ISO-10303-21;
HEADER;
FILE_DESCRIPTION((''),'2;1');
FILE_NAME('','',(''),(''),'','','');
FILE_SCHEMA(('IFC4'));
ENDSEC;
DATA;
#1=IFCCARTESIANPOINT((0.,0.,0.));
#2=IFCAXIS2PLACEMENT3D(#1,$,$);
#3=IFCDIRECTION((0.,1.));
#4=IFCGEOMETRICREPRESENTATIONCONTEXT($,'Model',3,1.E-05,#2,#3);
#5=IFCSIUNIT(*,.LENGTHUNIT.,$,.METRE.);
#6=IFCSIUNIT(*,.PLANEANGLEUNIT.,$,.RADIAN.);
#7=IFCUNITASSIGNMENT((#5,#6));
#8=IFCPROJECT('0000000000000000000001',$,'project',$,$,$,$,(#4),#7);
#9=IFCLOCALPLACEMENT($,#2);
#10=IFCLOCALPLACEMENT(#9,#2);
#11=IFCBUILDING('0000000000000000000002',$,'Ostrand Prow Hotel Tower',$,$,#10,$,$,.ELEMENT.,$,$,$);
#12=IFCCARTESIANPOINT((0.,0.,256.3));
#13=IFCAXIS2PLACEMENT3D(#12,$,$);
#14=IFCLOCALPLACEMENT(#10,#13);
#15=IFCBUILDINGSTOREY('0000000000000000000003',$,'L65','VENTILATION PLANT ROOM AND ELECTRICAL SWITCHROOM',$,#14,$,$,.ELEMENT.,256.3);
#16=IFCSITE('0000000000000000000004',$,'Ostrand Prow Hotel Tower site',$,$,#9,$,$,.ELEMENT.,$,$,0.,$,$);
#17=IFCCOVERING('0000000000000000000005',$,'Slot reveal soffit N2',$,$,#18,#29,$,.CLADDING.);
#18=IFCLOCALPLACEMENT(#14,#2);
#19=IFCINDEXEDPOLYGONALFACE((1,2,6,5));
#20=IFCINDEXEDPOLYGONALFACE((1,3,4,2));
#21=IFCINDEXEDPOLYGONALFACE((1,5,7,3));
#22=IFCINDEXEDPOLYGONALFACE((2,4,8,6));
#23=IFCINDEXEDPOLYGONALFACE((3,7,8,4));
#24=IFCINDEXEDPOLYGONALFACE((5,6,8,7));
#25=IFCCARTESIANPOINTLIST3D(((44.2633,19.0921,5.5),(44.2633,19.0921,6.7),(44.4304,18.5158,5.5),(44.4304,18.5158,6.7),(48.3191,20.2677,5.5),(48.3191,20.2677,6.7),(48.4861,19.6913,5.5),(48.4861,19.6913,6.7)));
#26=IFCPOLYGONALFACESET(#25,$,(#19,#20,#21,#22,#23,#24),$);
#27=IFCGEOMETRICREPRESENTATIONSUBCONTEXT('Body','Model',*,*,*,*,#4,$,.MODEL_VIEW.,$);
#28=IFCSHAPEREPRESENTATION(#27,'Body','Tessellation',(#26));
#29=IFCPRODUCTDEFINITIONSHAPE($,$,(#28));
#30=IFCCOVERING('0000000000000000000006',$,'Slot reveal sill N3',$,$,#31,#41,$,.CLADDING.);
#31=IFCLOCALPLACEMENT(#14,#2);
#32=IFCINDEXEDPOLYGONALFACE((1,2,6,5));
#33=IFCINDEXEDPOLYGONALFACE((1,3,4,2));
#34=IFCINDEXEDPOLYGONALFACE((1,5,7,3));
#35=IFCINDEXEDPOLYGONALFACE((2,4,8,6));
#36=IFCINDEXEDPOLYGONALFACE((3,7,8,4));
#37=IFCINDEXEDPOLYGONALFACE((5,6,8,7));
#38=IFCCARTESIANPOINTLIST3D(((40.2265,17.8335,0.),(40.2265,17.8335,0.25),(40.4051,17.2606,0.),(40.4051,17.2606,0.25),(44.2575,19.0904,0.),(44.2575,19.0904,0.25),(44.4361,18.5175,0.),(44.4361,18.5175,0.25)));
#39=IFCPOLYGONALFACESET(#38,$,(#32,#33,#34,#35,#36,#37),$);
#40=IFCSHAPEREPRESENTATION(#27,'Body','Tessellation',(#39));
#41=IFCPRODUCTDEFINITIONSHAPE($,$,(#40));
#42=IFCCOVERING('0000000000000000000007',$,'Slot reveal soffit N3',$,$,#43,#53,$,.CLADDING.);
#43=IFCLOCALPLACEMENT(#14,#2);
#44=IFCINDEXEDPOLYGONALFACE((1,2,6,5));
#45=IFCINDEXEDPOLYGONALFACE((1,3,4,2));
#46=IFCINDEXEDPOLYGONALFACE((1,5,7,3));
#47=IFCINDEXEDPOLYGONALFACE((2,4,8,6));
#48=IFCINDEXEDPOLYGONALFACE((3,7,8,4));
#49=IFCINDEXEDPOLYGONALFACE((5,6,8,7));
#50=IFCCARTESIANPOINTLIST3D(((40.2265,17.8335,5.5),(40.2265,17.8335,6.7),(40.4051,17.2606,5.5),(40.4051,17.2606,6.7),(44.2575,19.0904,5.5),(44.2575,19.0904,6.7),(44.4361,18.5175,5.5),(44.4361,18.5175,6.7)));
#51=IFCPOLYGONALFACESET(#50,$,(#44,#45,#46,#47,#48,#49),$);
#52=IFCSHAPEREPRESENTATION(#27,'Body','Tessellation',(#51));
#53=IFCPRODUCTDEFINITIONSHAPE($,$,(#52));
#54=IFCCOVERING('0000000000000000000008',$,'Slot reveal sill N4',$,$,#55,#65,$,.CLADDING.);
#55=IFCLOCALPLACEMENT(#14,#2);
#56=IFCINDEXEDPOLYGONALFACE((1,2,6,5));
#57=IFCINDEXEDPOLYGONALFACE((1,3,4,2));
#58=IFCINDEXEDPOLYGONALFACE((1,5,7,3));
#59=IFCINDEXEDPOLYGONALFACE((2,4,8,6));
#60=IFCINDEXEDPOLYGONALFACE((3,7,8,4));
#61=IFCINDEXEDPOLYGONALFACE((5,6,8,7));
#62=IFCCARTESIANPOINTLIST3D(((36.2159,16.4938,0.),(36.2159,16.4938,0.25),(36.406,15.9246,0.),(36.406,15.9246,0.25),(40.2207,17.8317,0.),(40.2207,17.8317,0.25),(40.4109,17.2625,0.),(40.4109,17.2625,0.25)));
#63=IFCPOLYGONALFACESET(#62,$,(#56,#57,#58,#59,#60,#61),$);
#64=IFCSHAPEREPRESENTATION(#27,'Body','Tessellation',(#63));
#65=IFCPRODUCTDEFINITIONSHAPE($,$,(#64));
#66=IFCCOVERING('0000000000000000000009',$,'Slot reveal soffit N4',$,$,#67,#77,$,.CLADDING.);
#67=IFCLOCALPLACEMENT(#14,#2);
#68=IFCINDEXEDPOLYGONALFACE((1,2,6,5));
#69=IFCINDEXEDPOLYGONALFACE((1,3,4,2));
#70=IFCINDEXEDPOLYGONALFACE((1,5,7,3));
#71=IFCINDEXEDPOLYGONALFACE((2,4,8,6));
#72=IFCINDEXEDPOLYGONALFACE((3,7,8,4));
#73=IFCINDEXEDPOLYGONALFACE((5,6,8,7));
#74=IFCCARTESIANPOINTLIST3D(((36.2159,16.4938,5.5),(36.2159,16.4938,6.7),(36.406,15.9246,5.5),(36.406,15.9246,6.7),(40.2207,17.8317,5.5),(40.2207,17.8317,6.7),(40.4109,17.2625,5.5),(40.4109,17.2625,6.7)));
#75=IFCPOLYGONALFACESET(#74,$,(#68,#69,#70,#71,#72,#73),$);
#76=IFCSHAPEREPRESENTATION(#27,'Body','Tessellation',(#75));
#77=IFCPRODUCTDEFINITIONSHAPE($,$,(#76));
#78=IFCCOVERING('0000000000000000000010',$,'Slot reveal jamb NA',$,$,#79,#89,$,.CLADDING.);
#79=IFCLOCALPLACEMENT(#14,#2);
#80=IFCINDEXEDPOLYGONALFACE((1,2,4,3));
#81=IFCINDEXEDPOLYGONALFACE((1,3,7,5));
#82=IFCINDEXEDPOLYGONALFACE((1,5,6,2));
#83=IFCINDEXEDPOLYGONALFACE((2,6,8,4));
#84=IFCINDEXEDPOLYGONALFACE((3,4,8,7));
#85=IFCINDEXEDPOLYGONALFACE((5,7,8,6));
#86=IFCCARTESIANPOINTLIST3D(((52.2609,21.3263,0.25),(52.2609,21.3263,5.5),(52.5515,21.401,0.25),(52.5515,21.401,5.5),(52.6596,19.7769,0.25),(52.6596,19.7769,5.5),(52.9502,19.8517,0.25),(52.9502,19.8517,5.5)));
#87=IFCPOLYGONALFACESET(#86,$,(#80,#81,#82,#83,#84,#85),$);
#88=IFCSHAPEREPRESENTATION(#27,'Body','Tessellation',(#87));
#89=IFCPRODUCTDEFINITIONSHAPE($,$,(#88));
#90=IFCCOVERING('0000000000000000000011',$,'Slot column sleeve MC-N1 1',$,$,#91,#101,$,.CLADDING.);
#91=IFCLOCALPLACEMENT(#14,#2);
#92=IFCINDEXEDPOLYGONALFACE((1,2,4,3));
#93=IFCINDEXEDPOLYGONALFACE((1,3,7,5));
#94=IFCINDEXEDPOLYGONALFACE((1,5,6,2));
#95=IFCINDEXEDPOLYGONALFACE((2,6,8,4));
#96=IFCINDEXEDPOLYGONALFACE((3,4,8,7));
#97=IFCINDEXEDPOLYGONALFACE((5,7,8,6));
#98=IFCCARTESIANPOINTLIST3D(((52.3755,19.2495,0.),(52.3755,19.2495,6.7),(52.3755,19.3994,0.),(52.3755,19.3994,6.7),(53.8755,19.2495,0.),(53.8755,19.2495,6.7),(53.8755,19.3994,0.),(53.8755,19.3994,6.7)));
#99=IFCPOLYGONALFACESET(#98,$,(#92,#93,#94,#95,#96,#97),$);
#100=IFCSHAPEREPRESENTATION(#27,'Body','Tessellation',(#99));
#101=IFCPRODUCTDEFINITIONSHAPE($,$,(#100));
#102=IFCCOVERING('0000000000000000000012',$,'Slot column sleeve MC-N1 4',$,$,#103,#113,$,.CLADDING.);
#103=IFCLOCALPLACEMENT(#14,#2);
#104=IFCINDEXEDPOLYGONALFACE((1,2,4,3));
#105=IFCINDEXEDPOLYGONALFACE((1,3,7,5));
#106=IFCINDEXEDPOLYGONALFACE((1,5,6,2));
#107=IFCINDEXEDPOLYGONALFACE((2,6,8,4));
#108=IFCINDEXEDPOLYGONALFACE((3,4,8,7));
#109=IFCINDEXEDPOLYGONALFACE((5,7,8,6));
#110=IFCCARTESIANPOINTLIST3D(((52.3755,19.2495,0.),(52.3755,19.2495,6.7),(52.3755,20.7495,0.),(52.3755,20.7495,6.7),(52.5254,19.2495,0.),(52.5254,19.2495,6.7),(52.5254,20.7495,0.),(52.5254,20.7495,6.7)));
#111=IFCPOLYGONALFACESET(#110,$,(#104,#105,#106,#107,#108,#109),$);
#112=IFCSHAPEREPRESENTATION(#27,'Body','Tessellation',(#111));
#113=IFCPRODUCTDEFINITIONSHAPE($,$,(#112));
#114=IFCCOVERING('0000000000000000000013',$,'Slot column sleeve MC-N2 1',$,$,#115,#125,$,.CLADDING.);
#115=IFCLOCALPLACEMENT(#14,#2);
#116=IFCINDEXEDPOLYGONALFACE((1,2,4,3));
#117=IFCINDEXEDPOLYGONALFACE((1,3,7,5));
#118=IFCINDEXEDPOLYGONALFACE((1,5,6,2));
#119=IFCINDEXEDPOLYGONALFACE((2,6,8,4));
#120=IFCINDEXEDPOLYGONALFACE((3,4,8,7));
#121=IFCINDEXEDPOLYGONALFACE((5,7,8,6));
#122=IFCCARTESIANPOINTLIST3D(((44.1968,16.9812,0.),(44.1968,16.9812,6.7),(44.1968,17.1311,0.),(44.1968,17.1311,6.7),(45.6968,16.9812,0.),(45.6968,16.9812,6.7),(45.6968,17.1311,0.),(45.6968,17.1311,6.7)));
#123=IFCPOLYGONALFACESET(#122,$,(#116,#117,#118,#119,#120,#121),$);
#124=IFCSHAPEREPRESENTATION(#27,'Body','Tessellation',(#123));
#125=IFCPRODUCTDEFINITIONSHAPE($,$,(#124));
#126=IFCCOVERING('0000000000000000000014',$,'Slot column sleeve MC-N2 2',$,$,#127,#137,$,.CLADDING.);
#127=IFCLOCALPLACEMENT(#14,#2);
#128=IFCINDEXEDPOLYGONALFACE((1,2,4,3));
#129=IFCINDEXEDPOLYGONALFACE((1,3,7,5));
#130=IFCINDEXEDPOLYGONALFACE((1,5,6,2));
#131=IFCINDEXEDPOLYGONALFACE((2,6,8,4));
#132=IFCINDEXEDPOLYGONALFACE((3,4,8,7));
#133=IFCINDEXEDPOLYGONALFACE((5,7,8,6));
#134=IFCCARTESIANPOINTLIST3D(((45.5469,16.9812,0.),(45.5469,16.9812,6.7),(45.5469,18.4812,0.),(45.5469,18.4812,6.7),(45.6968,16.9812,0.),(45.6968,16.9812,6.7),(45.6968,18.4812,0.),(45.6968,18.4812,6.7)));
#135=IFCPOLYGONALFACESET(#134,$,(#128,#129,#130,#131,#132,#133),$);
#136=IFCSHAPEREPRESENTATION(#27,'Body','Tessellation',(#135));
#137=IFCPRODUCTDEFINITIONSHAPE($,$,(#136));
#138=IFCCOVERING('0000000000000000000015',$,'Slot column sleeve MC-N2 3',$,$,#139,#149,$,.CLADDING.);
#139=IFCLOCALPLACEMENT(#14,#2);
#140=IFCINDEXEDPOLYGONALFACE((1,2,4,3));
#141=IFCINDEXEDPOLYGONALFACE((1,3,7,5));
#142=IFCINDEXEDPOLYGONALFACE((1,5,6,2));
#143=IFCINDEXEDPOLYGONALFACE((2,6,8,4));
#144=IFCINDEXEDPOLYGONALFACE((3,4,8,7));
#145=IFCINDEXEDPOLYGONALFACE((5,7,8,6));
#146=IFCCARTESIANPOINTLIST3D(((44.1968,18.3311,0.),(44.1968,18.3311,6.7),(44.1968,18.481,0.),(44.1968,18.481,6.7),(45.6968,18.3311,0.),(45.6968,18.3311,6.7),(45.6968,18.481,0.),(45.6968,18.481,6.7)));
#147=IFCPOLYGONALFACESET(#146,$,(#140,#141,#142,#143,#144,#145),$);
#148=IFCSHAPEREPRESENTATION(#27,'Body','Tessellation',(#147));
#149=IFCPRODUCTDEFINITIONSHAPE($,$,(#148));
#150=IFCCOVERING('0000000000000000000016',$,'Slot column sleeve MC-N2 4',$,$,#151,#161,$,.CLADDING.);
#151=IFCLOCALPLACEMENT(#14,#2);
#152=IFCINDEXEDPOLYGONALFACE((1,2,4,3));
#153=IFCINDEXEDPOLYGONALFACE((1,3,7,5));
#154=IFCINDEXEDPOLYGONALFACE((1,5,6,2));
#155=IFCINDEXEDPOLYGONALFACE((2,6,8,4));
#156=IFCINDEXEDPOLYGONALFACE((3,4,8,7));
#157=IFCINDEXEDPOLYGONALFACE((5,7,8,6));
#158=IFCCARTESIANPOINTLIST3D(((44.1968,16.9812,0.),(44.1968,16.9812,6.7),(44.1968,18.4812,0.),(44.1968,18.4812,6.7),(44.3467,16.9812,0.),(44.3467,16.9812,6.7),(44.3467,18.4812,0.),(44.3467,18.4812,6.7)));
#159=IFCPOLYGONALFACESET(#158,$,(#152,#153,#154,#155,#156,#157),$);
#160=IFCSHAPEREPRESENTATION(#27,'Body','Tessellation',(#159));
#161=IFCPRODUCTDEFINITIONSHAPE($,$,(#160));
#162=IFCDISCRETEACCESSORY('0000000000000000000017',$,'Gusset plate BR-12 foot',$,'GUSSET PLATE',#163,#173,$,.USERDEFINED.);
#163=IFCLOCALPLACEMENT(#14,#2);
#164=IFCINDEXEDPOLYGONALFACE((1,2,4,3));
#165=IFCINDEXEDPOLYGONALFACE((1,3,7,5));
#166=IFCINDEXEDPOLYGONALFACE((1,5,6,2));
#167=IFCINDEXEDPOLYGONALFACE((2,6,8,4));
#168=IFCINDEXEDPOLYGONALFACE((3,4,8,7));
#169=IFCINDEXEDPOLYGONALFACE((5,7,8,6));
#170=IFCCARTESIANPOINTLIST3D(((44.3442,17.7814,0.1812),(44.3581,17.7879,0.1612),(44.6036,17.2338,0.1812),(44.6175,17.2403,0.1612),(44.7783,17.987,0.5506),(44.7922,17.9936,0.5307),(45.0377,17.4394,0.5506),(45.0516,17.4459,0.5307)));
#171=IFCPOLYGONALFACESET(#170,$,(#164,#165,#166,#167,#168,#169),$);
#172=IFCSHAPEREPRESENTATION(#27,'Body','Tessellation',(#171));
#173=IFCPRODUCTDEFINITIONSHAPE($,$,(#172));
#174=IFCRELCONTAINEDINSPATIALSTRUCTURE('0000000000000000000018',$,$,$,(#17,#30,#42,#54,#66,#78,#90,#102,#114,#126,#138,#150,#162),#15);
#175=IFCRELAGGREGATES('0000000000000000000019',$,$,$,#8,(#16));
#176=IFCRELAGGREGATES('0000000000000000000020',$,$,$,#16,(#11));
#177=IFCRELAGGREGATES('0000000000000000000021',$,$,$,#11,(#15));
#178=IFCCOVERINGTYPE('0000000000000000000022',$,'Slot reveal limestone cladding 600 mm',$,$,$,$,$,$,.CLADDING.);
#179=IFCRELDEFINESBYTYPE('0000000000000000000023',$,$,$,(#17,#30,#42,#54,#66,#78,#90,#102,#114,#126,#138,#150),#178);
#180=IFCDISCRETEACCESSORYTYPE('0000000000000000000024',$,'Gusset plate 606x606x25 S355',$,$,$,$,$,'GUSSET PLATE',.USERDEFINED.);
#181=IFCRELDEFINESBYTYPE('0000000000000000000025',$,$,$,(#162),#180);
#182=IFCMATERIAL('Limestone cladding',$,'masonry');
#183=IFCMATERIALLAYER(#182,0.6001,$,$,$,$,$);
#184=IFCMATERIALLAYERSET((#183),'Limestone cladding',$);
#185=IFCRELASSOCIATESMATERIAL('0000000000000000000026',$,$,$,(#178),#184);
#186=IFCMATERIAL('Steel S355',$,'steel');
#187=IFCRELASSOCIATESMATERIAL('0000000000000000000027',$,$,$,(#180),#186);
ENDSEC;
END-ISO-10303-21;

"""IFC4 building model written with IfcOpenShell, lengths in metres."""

from ifc_helpers import new_model, si_unit, direction, frame, frame_2d, origin, origin_2d, place, context, subcontext, project, spatial, rectangle, extrude, material, layer, layer_set, material_profile, profile_set, type_object, element, save


model = new_model("IFC4")

# Units and contexts
model_context = context("Model", 3, precision=1e-05, world=origin(), true_north=direction((0.0, 1.0)))
body_context = subcontext(model_context, "Body", "Model", "MODEL_VIEW")
ifc_project = project(units=[si_unit("LENGTHUNIT", "METRE"), si_unit("PLANEANGLEUNIT", "RADIAN")], contexts=[model_context])

# Site, building, storey
site_placement = place(None, origin())
site = spatial("IfcSite", under=ifc_project, at=site_placement, Name="Ostrand Prow Hotel Tower site", CompositionType="ELEMENT", RefElevation=0.0)
building_placement = place(site_placement, origin())
building = spatial("IfcBuilding", under=site, at=building_placement, Name="Ostrand Prow Hotel Tower", CompositionType="ELEMENT")
storey_placement = place(building_placement, frame((0.0, 0.0, 256.3)))
storey = spatial("IfcBuildingStorey", under=building, at=storey_placement, Name="L65", Description="VENTILATION PLANT ROOM AND ELECTRICAL SWITCHROOM", CompositionType="ELEMENT", Elevation=256.3)

# Coverings
ifc_material_1 = material(Name="Limestone cladding", Category="masonry")
ifc_layer_1 = layer(ifc_material_1, 0.6001)
ifc_layer_set_1 = layer_set([ifc_layer_1], Name="Limestone cladding")
covering_type_1 = type_object("IfcCoveringType", Name="Slot reveal limestone cladding 600 mm", PredefinedType="CLADDING", material=ifc_layer_set_1)
covering_1_placement = place(storey_placement, frame((48.4026, 19.9795, 5.5), z_axis=(0.0, 0.0, 1.0), x_axis=(-0.960467, -0.278392, 0.0)))
element("IfcCovering", 1, at=covering_1_placement, inside=storey, type_object=covering_type_1, Name="Slot reveal soffit N2", PredefinedType="CLADDING", context=body_context, shape_type="SweptSolid", body=[
    extrude(rectangle(XDim=4.2227, YDim=0.6001, at=frame_2d((2.1113, 0.0))), origin(), (0.0, 0.0, 1.0), 1.2),
])
covering_2_placement = place(storey_placement, frame((44.3469, 18.804, 0.0), z_axis=(0.0, 0.0, 1.0), x_axis=(-0.954672, -0.297659, 0.0)))
element("IfcCovering", 2, at=covering_2_placement, inside=storey, type_object=covering_type_1, Name="Slot reveal sill N3", PredefinedType="CLADDING", context=body_context, shape_type="SweptSolid", body=[
    extrude(rectangle(XDim=4.2224, YDim=0.6001, at=frame_2d((2.1113, 0.0))), origin(), (0.0, 0.0, 1.0), 0.25),
])
covering_3_placement = place(storey_placement, frame((44.3469, 18.804, 5.5), z_axis=(0.0, 0.0, 1.0), x_axis=(-0.954672, -0.297659, 0.0)))
element("IfcCovering", 3, at=covering_3_placement, inside=storey, type_object=covering_type_1, Name="Slot reveal soffit N3", PredefinedType="CLADDING", context=body_context, shape_type="SweptSolid", body=[
    extrude(rectangle(XDim=4.2224, YDim=0.6001, at=frame_2d((2.1113, 0.0))), origin(), (0.0, 0.0, 1.0), 1.2),
])
covering_4_placement = place(storey_placement, frame((40.3159, 17.5471, 0.0), z_axis=(0.0, 0.0, 1.0), x_axis=(-0.948475, -0.316852, 0.0)))
element("IfcCovering", 4, at=covering_4_placement, inside=storey, type_object=covering_type_1, Name="Slot reveal sill N4", PredefinedType="CLADDING", context=body_context, shape_type="SweptSolid", body=[
    extrude(rectangle(XDim=4.2224, YDim=0.6001, at=frame_2d((2.1113, 0.0))), origin(), (0.0, 0.0, 1.0), 0.25),
])
covering_5_placement = place(storey_placement, frame((40.3159, 17.5471, 5.5), z_axis=(0.0, 0.0, 1.0), x_axis=(-0.948475, -0.316852, 0.0)))
element("IfcCovering", 5, at=covering_5_placement, inside=storey, type_object=covering_type_1, Name="Slot reveal soffit N4", PredefinedType="CLADDING", context=body_context, shape_type="SweptSolid", body=[
    extrude(rectangle(XDim=4.2224, YDim=0.6001, at=frame_2d((2.1113, 0.0))), origin(), (0.0, 0.0, 1.0), 1.2),
])
covering_6_placement = place(storey_placement, frame((52.4062, 21.3635, 0.25), z_axis=(0.0, 0.0, 1.0), x_axis=(0.249209, -0.96845, 0.0)))
element("IfcCovering", 6, at=covering_6_placement, inside=storey, type_object=covering_type_1, Name="Slot reveal jamb NA", PredefinedType="CLADDING", context=body_context, shape_type="SweptSolid", body=[
    extrude(rectangle(XDim=1.5999, YDim=0.3, at=frame_2d((0.7998, 0.0))), origin(), (0.0, 0.0, 1.0), 5.25),
])
for number, where, z_axis, x_axis, name in (
    (7, (52.3755, 19.3245, 0.0), (0.0, 0.0, 1.0), (1.0, 0.0, 0.0), "Slot column sleeve MC-N1 1"),
    (8, (52.4504, 20.7495, 0.0), (0.0, 0.0, 1.0), (0.0, -1.0, 0.0), "Slot column sleeve MC-N1 4"),
    (9, (44.1968, 17.0562, 0.0), (0.0, 0.0, 1.0), (1.0, 0.0, 0.0), "Slot column sleeve MC-N2 1"),
    (10, (45.6218, 16.9812, 0.0), (0.0, 0.0, 1.0), (0.0, 1.0, 0.0), "Slot column sleeve MC-N2 2"),
    (11, (45.6968, 18.406, 0.0), (0.0, 0.0, 1.0), (-1.0, 0.0, 0.0), "Slot column sleeve MC-N2 3"),
    (12, (44.2717, 18.4812, 0.0), (0.0, 0.0, 1.0), (0.0, -1.0, 0.0), "Slot column sleeve MC-N2 4"),
):
    element("IfcCovering", number, at=place(storey_placement, frame(where, z_axis=z_axis, x_axis=x_axis)), inside=storey, type_object=covering_type_1, Name=name, PredefinedType="CLADDING", context=body_context, shape_type="SweptSolid", body=[
        extrude(rectangle(XDim=1.5, YDim=0.1499, at=frame_2d((0.75, 0.0))), origin(), (0.0, 0.0, 1.0), 6.7),
    ])

# Discrete accessory
ifc_material_2 = material(Name="Steel S355", Category="steel")
ifc_material_profile_1 = material_profile(ifc_material_2, rectangle(XDim=0.606, YDim=0.606, at=origin_2d()), Name="PL 606x606x25")
ifc_profile_set_1 = profile_set([ifc_material_profile_1], Name="Steel S355")
discrete_accessory_type = type_object("IfcDiscreteAccessoryType", Name="Gusset plate 606x606x25 S355", ElementType="GUSSET PLATE", PredefinedType="USERDEFINED", material=ifc_profile_set_1)
discrete_accessory_placement = place(storey_placement, frame((44.7048, 17.6169, 0.3459), z_axis=(-0.550988, -0.260994, 0.79265), x_axis=(0.428086, -0.903738, 0.0)))
element("IfcDiscreteAccessory", 13, at=discrete_accessory_placement, inside=storey, type_object=discrete_accessory_type, Name="Gusset plate BR-12 foot", ObjectType="GUSSET PLATE", PredefinedType="USERDEFINED", context=body_context, shape_type="SweptSolid", body=[
    extrude(rectangle(XDim=0.606, YDim=0.606, at=origin_2d()), origin(), (0.0, 0.0, 1.0), 0.0251),
])

save(model, "model.ifc")
